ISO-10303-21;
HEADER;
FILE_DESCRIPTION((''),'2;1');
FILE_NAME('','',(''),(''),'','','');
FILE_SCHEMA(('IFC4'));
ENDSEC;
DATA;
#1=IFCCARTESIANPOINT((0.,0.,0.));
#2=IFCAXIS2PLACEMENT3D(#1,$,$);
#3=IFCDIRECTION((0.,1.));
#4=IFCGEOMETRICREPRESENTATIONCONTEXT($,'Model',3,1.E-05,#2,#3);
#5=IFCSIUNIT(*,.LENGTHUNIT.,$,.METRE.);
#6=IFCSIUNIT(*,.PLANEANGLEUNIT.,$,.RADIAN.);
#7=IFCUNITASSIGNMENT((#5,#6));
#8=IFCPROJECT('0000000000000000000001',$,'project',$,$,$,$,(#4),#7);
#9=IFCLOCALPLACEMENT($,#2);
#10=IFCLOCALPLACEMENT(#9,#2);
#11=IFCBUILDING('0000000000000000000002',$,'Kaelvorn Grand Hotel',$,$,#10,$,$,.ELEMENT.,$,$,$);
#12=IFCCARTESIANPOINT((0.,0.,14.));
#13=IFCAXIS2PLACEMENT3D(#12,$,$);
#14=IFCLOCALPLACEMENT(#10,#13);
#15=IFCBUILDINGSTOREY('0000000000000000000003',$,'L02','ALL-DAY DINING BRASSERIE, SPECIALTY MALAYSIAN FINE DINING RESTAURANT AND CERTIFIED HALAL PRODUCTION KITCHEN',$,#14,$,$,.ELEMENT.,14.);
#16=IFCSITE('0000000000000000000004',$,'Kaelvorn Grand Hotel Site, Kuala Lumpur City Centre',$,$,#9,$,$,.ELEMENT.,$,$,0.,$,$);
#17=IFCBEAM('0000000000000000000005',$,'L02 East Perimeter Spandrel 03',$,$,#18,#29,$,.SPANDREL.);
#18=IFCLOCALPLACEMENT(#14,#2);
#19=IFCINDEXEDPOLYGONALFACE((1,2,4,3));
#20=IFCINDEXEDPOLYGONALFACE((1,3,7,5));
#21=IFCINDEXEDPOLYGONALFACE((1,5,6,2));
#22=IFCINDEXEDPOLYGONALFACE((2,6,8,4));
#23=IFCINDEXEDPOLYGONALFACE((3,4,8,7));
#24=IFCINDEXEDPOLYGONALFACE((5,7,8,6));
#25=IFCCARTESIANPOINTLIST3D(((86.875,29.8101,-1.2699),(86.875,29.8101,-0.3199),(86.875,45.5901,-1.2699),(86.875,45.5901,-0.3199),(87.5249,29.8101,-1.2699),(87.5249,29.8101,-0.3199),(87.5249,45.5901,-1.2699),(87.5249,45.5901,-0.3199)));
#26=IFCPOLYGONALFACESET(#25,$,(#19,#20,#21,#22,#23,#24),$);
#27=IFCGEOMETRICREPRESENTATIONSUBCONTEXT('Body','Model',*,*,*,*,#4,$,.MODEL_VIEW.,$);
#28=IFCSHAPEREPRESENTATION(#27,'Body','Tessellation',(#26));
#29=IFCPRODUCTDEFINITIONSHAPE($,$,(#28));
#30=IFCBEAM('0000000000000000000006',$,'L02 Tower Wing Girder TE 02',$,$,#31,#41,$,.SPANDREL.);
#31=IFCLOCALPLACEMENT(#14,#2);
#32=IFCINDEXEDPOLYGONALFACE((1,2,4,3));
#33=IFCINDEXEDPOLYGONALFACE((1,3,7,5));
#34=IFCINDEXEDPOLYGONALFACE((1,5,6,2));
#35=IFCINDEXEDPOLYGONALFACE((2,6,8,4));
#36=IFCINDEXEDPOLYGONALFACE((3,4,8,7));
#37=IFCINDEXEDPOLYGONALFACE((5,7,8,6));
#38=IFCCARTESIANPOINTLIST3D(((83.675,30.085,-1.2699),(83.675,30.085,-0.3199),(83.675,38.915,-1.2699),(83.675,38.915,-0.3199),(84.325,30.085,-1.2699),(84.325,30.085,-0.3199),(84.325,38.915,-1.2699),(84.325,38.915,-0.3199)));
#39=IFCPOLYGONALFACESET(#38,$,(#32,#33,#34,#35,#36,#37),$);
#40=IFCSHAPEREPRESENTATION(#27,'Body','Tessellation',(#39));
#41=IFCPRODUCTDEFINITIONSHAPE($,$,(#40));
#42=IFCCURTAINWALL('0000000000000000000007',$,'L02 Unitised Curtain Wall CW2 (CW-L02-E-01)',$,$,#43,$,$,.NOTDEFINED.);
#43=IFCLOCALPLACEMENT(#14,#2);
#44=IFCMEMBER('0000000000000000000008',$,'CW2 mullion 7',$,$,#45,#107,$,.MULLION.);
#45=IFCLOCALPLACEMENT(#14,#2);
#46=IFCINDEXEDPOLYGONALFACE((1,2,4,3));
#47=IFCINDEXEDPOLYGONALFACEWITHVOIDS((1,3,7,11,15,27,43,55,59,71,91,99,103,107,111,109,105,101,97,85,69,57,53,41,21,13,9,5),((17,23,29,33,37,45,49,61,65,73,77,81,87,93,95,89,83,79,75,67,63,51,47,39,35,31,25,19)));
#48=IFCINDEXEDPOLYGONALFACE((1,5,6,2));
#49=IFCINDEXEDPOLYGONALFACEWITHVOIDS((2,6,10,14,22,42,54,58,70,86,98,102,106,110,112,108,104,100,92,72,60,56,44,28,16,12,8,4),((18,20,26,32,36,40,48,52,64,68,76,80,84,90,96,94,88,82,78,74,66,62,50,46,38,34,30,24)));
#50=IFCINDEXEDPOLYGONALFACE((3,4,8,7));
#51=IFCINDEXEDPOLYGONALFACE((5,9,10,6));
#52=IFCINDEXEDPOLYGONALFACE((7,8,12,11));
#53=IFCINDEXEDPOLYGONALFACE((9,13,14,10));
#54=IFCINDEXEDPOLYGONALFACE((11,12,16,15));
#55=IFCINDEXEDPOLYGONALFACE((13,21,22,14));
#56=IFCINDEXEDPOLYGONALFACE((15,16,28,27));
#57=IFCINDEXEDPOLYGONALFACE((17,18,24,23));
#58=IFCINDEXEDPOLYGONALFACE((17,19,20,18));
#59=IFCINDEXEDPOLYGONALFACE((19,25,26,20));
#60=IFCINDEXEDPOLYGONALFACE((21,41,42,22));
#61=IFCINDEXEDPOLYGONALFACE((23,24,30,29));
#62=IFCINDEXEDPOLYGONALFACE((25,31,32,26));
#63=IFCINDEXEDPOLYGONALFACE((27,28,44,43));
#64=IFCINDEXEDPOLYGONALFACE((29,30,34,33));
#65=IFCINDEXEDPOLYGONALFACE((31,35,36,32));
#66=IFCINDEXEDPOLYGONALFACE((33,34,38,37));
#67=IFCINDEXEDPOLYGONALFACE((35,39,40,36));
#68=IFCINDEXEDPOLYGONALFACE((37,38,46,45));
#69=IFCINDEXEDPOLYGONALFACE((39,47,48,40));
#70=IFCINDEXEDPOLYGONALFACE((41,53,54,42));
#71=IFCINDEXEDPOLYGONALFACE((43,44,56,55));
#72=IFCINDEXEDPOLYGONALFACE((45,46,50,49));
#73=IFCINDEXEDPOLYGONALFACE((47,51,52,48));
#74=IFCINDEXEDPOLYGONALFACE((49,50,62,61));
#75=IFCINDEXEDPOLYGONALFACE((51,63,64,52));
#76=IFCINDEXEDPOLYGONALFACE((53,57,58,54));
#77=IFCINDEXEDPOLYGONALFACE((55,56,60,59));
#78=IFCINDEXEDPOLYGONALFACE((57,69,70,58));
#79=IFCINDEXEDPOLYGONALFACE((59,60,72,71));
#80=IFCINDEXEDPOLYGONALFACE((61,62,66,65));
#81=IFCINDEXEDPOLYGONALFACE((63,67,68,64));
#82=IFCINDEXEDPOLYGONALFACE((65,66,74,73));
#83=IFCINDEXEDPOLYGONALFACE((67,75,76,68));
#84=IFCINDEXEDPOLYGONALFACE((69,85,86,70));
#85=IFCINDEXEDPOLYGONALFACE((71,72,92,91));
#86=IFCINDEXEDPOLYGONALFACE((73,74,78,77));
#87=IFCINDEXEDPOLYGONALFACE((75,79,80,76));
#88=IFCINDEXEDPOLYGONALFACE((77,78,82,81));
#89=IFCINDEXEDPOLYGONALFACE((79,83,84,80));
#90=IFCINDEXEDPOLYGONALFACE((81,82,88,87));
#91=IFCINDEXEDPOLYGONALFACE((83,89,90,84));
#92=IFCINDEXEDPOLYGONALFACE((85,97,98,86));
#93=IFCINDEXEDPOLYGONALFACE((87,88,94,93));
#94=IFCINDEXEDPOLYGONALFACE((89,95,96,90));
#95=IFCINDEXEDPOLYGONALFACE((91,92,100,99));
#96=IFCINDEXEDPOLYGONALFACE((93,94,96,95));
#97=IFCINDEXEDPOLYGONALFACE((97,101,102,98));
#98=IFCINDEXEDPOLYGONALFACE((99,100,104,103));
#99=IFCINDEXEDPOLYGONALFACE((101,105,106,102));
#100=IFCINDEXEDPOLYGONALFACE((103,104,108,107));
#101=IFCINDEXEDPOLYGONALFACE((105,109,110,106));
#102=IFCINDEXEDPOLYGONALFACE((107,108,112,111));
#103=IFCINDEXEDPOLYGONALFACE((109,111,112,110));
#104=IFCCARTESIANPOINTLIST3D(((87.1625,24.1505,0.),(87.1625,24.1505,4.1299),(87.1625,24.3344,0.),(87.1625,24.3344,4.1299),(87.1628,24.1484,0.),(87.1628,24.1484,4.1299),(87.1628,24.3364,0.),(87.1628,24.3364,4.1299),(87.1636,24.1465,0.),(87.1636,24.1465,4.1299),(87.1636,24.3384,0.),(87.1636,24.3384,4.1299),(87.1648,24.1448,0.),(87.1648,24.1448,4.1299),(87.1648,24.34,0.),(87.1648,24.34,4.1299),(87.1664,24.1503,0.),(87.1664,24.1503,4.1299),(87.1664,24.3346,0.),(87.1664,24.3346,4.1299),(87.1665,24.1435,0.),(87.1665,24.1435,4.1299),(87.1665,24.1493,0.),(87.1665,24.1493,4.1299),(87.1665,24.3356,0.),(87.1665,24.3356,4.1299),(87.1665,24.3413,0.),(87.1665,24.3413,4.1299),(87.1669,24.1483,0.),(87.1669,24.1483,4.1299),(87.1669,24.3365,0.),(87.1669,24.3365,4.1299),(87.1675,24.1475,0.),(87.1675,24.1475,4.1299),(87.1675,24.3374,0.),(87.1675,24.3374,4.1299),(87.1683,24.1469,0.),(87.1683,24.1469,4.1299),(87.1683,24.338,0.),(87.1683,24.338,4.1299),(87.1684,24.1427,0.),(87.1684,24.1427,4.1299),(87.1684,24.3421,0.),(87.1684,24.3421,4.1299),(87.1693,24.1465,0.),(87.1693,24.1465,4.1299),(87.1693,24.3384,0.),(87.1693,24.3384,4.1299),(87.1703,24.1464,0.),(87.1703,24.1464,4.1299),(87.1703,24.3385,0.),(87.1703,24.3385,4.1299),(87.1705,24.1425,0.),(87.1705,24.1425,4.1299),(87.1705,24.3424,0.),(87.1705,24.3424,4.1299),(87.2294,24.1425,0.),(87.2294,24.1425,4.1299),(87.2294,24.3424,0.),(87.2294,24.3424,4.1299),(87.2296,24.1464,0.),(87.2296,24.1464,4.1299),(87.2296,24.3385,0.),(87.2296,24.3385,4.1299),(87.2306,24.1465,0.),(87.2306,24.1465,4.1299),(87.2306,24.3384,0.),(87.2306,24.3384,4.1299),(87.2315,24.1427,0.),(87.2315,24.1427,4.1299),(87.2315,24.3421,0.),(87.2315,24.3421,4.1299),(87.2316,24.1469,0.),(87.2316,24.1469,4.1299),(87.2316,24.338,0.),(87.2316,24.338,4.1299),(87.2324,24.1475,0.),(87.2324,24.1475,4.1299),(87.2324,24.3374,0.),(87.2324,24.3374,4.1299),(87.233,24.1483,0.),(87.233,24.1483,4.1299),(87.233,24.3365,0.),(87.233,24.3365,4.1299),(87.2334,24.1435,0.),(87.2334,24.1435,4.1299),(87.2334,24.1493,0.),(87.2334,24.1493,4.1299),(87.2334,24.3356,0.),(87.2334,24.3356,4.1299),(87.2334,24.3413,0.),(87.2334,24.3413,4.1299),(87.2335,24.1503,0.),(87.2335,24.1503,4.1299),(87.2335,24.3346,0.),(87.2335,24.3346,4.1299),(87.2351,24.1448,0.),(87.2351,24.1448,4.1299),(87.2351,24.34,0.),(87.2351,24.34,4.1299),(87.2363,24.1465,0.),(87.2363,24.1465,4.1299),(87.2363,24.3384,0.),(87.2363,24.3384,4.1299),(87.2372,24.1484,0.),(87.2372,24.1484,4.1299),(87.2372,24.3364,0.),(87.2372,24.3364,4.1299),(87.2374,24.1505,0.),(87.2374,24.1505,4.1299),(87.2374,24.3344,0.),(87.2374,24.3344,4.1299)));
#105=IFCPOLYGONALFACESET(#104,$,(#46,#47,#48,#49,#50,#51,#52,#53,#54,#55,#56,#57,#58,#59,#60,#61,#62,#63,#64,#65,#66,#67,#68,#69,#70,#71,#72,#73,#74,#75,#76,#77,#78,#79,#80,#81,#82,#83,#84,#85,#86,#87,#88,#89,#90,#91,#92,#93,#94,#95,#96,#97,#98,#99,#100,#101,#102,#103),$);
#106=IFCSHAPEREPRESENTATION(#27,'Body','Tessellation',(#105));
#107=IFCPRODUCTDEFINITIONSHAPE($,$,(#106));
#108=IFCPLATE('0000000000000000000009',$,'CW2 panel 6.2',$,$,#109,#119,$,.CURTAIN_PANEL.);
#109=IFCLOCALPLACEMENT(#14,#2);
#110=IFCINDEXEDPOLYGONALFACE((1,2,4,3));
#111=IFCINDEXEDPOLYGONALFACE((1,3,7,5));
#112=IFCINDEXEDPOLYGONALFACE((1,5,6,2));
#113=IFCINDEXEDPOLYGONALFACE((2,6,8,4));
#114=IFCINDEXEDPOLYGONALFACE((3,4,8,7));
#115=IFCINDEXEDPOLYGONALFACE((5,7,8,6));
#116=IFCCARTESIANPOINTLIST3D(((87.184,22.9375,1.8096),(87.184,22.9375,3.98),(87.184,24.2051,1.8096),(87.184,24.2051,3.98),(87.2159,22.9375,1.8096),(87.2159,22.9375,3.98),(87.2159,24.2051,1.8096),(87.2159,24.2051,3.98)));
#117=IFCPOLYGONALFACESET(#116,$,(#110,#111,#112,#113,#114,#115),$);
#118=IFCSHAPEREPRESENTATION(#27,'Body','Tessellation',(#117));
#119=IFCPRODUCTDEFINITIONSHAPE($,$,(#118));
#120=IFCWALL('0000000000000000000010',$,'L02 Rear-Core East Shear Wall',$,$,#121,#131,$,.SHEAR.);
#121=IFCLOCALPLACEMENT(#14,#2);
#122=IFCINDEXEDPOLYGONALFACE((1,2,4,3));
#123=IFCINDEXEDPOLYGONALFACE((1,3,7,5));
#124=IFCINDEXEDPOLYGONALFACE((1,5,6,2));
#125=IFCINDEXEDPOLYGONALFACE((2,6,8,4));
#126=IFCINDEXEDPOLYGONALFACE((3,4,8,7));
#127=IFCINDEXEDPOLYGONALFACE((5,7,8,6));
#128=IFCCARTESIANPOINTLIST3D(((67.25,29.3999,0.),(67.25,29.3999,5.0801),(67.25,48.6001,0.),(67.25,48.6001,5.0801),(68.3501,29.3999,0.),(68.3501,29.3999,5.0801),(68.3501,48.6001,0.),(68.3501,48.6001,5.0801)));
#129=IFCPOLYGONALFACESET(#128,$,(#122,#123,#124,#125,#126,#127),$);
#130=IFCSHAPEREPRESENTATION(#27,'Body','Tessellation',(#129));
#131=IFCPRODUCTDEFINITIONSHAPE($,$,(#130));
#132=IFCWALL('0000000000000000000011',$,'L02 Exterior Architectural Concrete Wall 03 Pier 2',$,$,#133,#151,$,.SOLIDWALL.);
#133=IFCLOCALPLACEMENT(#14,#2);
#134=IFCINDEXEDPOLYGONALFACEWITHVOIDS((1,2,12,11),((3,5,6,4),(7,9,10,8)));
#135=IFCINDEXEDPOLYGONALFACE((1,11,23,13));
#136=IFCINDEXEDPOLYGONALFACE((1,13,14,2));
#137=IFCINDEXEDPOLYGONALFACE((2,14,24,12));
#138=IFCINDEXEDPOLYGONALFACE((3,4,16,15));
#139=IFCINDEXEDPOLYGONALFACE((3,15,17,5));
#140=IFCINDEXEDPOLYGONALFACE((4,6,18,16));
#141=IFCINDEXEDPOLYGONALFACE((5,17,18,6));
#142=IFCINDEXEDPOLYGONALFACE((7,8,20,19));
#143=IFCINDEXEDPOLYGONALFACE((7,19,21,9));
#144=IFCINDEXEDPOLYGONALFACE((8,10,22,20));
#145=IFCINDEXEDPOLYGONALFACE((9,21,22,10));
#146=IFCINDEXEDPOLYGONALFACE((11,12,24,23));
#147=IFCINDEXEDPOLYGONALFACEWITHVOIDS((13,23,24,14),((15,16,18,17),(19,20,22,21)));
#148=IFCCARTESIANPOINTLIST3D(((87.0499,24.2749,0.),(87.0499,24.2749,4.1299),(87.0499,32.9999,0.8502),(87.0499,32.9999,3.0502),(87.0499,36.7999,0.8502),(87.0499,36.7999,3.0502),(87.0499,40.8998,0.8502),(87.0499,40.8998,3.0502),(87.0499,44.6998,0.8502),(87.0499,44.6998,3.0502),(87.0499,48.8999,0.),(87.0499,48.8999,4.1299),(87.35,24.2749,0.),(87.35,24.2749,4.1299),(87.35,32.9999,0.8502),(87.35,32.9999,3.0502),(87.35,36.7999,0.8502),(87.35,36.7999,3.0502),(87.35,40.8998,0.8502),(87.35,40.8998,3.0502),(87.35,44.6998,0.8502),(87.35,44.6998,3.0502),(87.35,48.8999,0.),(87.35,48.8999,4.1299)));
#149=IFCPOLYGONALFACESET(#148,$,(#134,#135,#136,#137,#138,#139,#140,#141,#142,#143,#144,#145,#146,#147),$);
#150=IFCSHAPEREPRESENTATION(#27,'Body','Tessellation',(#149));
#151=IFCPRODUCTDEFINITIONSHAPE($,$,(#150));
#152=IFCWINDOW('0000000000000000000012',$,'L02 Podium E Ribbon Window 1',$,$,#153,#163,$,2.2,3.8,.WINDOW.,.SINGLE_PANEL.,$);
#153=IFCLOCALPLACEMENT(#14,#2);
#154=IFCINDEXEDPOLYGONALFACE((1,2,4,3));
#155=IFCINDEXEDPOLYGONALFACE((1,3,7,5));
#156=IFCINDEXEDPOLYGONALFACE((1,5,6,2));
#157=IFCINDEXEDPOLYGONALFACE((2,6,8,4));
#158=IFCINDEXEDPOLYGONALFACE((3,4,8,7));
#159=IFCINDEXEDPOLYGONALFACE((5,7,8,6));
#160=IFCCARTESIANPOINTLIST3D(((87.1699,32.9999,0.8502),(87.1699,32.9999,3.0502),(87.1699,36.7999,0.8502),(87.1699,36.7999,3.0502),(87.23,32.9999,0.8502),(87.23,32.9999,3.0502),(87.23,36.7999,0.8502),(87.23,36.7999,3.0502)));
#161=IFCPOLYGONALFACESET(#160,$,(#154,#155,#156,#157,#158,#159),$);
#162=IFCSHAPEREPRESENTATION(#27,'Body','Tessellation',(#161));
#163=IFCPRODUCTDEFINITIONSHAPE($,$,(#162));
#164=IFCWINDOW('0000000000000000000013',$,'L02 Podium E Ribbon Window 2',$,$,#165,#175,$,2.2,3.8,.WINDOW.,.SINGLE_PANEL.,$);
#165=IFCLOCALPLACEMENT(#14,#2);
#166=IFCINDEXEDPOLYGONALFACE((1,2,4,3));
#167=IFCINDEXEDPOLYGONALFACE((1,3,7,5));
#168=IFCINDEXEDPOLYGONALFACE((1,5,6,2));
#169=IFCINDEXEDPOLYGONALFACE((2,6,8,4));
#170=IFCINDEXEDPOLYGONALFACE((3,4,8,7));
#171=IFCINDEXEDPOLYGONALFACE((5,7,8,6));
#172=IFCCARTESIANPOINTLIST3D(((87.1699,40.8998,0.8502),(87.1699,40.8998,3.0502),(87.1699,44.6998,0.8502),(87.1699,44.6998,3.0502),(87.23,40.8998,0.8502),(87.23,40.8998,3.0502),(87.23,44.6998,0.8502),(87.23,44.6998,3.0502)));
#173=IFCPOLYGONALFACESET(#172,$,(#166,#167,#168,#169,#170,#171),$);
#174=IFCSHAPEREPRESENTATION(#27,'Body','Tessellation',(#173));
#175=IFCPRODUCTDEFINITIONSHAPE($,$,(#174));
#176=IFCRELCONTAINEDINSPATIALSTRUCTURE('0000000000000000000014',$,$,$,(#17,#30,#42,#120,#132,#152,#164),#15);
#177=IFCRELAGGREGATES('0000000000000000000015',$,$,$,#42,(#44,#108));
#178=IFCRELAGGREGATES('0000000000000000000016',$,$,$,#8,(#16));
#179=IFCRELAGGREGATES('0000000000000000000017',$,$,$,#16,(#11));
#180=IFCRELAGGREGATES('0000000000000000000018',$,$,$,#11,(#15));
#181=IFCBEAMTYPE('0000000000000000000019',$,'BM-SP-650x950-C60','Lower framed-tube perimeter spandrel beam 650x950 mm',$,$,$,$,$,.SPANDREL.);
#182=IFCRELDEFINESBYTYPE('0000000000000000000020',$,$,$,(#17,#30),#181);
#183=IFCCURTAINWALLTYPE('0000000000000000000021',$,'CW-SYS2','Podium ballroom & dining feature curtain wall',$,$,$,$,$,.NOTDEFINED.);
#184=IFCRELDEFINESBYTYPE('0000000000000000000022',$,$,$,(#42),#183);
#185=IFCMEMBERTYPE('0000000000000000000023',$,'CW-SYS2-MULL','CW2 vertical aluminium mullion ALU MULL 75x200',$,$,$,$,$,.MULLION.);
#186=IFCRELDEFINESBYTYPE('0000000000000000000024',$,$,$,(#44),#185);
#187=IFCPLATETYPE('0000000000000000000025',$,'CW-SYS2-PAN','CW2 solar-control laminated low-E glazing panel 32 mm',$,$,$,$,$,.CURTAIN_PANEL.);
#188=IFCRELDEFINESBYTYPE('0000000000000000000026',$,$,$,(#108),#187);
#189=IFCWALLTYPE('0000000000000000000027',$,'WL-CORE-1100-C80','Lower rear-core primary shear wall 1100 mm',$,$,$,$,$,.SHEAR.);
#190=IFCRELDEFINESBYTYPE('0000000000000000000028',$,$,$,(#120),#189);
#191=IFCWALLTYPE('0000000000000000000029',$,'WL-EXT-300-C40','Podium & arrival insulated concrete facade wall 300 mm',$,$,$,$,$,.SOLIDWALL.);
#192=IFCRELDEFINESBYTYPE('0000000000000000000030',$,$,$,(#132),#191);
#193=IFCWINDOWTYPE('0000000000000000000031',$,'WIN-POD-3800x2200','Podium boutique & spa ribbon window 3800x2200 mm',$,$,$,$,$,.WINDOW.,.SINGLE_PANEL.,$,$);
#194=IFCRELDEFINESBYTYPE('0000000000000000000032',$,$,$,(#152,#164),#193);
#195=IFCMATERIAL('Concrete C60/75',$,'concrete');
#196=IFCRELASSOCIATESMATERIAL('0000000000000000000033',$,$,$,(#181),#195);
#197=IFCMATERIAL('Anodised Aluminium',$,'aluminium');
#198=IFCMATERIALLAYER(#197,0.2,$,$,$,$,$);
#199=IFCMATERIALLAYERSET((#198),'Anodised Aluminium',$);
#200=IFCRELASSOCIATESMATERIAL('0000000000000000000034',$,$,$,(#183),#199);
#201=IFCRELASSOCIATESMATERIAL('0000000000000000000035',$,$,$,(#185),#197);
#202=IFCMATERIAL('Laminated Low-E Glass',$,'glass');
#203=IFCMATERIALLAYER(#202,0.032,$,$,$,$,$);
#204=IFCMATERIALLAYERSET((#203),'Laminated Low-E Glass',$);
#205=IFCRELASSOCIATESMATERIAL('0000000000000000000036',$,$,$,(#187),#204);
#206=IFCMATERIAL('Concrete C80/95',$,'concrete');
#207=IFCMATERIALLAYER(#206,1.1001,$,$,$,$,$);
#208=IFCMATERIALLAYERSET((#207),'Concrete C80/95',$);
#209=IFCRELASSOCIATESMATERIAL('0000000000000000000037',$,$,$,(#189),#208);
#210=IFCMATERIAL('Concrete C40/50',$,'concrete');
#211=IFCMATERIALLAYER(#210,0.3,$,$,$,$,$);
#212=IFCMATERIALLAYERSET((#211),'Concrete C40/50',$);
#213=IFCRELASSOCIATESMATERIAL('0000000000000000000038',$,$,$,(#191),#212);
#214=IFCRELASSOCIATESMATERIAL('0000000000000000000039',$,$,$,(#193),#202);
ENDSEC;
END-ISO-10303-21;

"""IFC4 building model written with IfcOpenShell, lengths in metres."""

from ifc_helpers import new_model, si_unit, direction, frame, frame_2d, origin, origin_2d, place, context, subcontext, project, spatial, rectangle, hollow_rectangle, extrude, material, layer, layer_set, material_profile, profile_set, type_object, element, fill, aggregate, save


model = new_model("IFC4")

# Units and contexts
model_context = context("Model", 3, precision=1e-05, world=origin(), true_north=direction((0.0, 1.0)))
body_context = subcontext(model_context, "Body", "Model", "MODEL_VIEW")
ifc_project = project(units=[si_unit("LENGTHUNIT", "METRE"), si_unit("PLANEANGLEUNIT", "RADIAN")], contexts=[model_context])

# Site, building, storey
site_placement = place(None, origin())
site = spatial("IfcSite", under=ifc_project, at=site_placement, Name="Kaelvorn Grand Hotel Site, Kuala Lumpur City Centre", CompositionType="ELEMENT", RefElevation=0.0)
building_placement = place(site_placement, origin())
building = spatial("IfcBuilding", under=site, at=building_placement, Name="Kaelvorn Grand Hotel", CompositionType="ELEMENT")
storey_placement = place(building_placement, frame((0.0, 0.0, 14.0)))
storey = spatial("IfcBuildingStorey", under=building, at=storey_placement, Name="L02", Description="ALL-DAY DINING BRASSERIE, SPECIALTY MALAYSIAN FINE DINING RESTAURANT AND CERTIFIED HALAL PRODUCTION KITCHEN", CompositionType="ELEMENT", Elevation=14.0)

# Shared definitions
ifc_material_1 = material(Name="Concrete C80/95", Category="concrete")

# Beams
ifc_material_2 = material(Name="Concrete C60/75", Category="concrete")
ifc_material_profile_1 = material_profile(ifc_material_2, rectangle(XDim=0.6499, YDim=0.95, at=origin_2d()), Name="RC SPANDREL 650x950")
ifc_profile_set_1 = profile_set([ifc_material_profile_1], Name="Concrete C60/75")
beam_type_1 = type_object("IfcBeamType", Name="BM-SP-650x950-C60", Description="Lower framed-tube perimeter spandrel beam 650x950 mm", PredefinedType="SPANDREL", material=ifc_profile_set_1)
beam_1_placement = place(storey_placement, frame((87.2, 29.8101, -0.7949), z_axis=(0.0, 1.0, 0.0), x_axis=(-1.0, 0.0, 0.0)))
element("IfcBeam", 1, at=beam_1_placement, inside=storey, type_object=beam_type_1, Name="L02 East Perimeter Spandrel 03", PredefinedType="SPANDREL", context=body_context, shape_type="SweptSolid", body=[
    extrude(rectangle(XDim=0.6499, YDim=0.95, at=origin_2d()), origin(), (0.0, 0.0, 1.0), 15.78),
])
beam_2_placement = place(storey_placement, frame((84.0, 30.085, -0.7949), z_axis=(0.0, 1.0, 0.0), x_axis=(-1.0, 0.0, 0.0)))
element("IfcBeam", 2, at=beam_2_placement, inside=storey, type_object=beam_type_1, Name="L02 Tower Wing Girder TE 02", PredefinedType="SPANDREL", context=body_context, shape_type="SweptSolid", body=[
    extrude(rectangle(XDim=0.6499, YDim=0.95, at=origin_2d()), origin(), (0.0, 0.0, 1.0), 8.8301),
])

# Curtain wall, member, plate
ifc_material_3 = material(Name="Anodised Aluminium", Category="aluminium")
ifc_layer_1 = layer(ifc_material_3, 0.2)
ifc_layer_set_1 = layer_set([ifc_layer_1], Name="Anodised Aluminium")
curtain_wall_type = type_object("IfcCurtainWallType", Name="CW-SYS2", Description="Podium ballroom & dining feature curtain wall", PredefinedType="NOTDEFINED", material=ifc_layer_set_1)
curtain_wall_placement = place(storey_placement, origin())
curtain_wall = element("IfcCurtainWall", 3, at=curtain_wall_placement, inside=storey, type_object=curtain_wall_type, Name="L02 Unitised Curtain Wall CW2 (CW-L02-E-01)", PredefinedType="NOTDEFINED")
ifc_material_profile_2 = material_profile(ifc_material_3, hollow_rectangle(XDim=0.075, YDim=0.2, WallThickness=0.0039, InnerFilletRadius=0.0039, OuterFilletRadius=0.0081, at=origin_2d()), Name="ALU MULL 75x200")
ifc_profile_set_2 = profile_set([ifc_material_profile_2], Name="Anodised Aluminium")
member_type = type_object("IfcMemberType", Name="CW-SYS2-MULL", Description="CW2 vertical aluminium mullion ALU MULL 75x200", PredefinedType="MULLION", material=ifc_profile_set_2)
member_placement = place(storey_placement, frame((87.2, 24.2424, 0.0), z_axis=(0.0, 0.0, 1.0), x_axis=(-1.0, 0.0, 0.0)))
member = element("IfcMember", 4, at=member_placement, type_object=member_type, Name="CW2 mullion 7", PredefinedType="MULLION", context=body_context, shape_type="SweptSolid", body=[
    extrude(hollow_rectangle(XDim=0.075, YDim=0.2, WallThickness=0.0039, InnerFilletRadius=0.0039, OuterFilletRadius=0.0081, at=origin_2d()), origin(), (0.0, 0.0, 1.0), 4.1299),
])
ifc_material_4 = material(Name="Laminated Low-E Glass", Category="glass")
ifc_layer_2 = layer(ifc_material_4, 0.032)
ifc_layer_set_2 = layer_set([ifc_layer_2], Name="Laminated Low-E Glass")
plate_type = type_object("IfcPlateType", Name="CW-SYS2-PAN", Description="CW2 solar-control laminated low-E glazing panel 32 mm", PredefinedType="CURTAIN_PANEL", material=ifc_layer_set_2)
plate_placement = place(storey_placement, frame((87.2, 23.5713, 1.8096), z_axis=(0.0, 0.0, 1.0), x_axis=(0.0, 1.0, 0.0)))
plate = element("IfcPlate", 5, at=plate_placement, type_object=plate_type, Name="CW2 panel 6.2", PredefinedType="CURTAIN_PANEL", context=body_context, shape_type="SweptSolid", body=[
    extrude(rectangle(XDim=1.2676, YDim=0.032, at=origin_2d()), origin(), (0.0, 0.0, 1.0), 2.1704),
])
aggregate(curtain_wall, [member, plate])

# Wall
ifc_layer_3 = layer(ifc_material_1, 1.1001)
ifc_layer_set_3 = layer_set([ifc_layer_3], Name="Concrete C80/95")
wall_type_1 = type_object("IfcWallType", Name="WL-CORE-1100-C80", Description="Lower rear-core primary shear wall 1100 mm", PredefinedType="SHEAR", material=ifc_layer_set_3)
wall_1_placement = place(storey_placement, frame((67.8, 29.3999, 0.0), z_axis=(0.0, 0.0, 1.0), x_axis=(0.0, 1.0, 0.0)))
element("IfcWall", 6, at=wall_1_placement, inside=storey, type_object=wall_type_1, Name="L02 Rear-Core East Shear Wall", PredefinedType="SHEAR", context=body_context, shape_type="SweptSolid", body=[
    extrude(rectangle(XDim=19.2002, YDim=1.1001, at=frame_2d((9.6001, 0.0))), origin(), (0.0, 0.0, 1.0), 5.0801),
])

# Wall, openings, windows
ifc_material_5 = material(Name="Concrete C40/50", Category="concrete")
ifc_layer_4 = layer(ifc_material_5, 0.3)
ifc_layer_set_4 = layer_set([ifc_layer_4], Name="Concrete C40/50")
wall_type_2 = type_object("IfcWallType", Name="WL-EXT-300-C40", Description="Podium & arrival insulated concrete facade wall 300 mm", PredefinedType="SOLIDWALL", material=ifc_layer_set_4)
wall_2_placement = place(storey_placement, frame((87.2, 24.2749, 0.0), z_axis=(0.0, 0.0, 1.0), x_axis=(0.0, 1.0, 0.0)))
wall_2 = element("IfcWall", 7, at=wall_2_placement, inside=storey, type_object=wall_type_2, Name="L02 Exterior Architectural Concrete Wall 03 Pier 2", PredefinedType="SOLIDWALL", context=body_context, shape_type="SweptSolid", body=[
    extrude(rectangle(XDim=24.625, YDim=0.3, at=frame_2d((12.3125, 0.0))), origin(), (0.0, 0.0, 1.0), 4.1299),
])
opening_1_placement = place(wall_2_placement, frame((8.7251, 0.0, 0.8501)))
opening_1 = element("IfcOpeningElement", 8, at=opening_1_placement, cuts=wall_2, PredefinedType="OPENING", context=body_context, shape_type="SweptSolid", body=[
    extrude(rectangle(XDim=3.8, YDim=2.2, at=frame_2d((1.8999, 1.1001))), frame((0.0, 0.1602, 0.0), z_axis=(0.0, -1.0, 0.0), x_axis=(1.0, 0.0, 0.0)), (0.0, 0.0, 1.0), 0.3201),
])
opening_2_placement = place(wall_2_placement, frame((16.625, 0.0, 0.8501)))
opening_2 = element("IfcOpeningElement", 9, at=opening_2_placement, cuts=wall_2, PredefinedType="OPENING", context=body_context, shape_type="SweptSolid", body=[
    extrude(rectangle(XDim=3.8, YDim=2.2, at=frame_2d((1.8999, 1.1001))), frame((0.0, 0.1602, 0.0), z_axis=(0.0, -1.0, 0.0), x_axis=(1.0, 0.0, 0.0)), (0.0, 0.0, 1.0), 0.3201),
])
window_type = type_object("IfcWindowType", Name="WIN-POD-3800x2200", Description="Podium boutique & spa ribbon window 3800x2200 mm", PartitioningType="SINGLE_PANEL", PredefinedType="WINDOW", material=ifc_material_4)
window_1_placement = place(opening_1_placement, origin())
window_1 = element("IfcWindow", 10, at=window_1_placement, inside=storey, type_object=window_type, Name="L02 Podium E Ribbon Window 1", OverallHeight=2.2, OverallWidth=3.8, PartitioningType="SINGLE_PANEL", PredefinedType="WINDOW", context=body_context, shape_type="SweptSolid", body=[
    extrude(rectangle(XDim=3.8, YDim=2.2, at=frame_2d((1.8999, 1.1001))), frame((0.0, 0.03, 0.0), z_axis=(0.0, -1.0, 0.0), x_axis=(1.0, 0.0, 0.0)), (0.0, 0.0, 1.0), 0.0601),
])
fill(opening_1, window_1)
window_2_placement = place(opening_2_placement, origin())
window_2 = element("IfcWindow", 11, at=window_2_placement, inside=storey, type_object=window_type, Name="L02 Podium E Ribbon Window 2", OverallHeight=2.2, OverallWidth=3.8, PartitioningType="SINGLE_PANEL", PredefinedType="WINDOW", context=body_context, shape_type="SweptSolid", body=[
    extrude(rectangle(XDim=3.8, YDim=2.2, at=frame_2d((1.8999, 1.1001))), frame((0.0, 0.03, 0.0), z_axis=(0.0, -1.0, 0.0), x_axis=(1.0, 0.0, 0.0)), (0.0, 0.0, 1.0), 0.0601),
])
fill(opening_2, window_2)

save(model, "model.ifc")
